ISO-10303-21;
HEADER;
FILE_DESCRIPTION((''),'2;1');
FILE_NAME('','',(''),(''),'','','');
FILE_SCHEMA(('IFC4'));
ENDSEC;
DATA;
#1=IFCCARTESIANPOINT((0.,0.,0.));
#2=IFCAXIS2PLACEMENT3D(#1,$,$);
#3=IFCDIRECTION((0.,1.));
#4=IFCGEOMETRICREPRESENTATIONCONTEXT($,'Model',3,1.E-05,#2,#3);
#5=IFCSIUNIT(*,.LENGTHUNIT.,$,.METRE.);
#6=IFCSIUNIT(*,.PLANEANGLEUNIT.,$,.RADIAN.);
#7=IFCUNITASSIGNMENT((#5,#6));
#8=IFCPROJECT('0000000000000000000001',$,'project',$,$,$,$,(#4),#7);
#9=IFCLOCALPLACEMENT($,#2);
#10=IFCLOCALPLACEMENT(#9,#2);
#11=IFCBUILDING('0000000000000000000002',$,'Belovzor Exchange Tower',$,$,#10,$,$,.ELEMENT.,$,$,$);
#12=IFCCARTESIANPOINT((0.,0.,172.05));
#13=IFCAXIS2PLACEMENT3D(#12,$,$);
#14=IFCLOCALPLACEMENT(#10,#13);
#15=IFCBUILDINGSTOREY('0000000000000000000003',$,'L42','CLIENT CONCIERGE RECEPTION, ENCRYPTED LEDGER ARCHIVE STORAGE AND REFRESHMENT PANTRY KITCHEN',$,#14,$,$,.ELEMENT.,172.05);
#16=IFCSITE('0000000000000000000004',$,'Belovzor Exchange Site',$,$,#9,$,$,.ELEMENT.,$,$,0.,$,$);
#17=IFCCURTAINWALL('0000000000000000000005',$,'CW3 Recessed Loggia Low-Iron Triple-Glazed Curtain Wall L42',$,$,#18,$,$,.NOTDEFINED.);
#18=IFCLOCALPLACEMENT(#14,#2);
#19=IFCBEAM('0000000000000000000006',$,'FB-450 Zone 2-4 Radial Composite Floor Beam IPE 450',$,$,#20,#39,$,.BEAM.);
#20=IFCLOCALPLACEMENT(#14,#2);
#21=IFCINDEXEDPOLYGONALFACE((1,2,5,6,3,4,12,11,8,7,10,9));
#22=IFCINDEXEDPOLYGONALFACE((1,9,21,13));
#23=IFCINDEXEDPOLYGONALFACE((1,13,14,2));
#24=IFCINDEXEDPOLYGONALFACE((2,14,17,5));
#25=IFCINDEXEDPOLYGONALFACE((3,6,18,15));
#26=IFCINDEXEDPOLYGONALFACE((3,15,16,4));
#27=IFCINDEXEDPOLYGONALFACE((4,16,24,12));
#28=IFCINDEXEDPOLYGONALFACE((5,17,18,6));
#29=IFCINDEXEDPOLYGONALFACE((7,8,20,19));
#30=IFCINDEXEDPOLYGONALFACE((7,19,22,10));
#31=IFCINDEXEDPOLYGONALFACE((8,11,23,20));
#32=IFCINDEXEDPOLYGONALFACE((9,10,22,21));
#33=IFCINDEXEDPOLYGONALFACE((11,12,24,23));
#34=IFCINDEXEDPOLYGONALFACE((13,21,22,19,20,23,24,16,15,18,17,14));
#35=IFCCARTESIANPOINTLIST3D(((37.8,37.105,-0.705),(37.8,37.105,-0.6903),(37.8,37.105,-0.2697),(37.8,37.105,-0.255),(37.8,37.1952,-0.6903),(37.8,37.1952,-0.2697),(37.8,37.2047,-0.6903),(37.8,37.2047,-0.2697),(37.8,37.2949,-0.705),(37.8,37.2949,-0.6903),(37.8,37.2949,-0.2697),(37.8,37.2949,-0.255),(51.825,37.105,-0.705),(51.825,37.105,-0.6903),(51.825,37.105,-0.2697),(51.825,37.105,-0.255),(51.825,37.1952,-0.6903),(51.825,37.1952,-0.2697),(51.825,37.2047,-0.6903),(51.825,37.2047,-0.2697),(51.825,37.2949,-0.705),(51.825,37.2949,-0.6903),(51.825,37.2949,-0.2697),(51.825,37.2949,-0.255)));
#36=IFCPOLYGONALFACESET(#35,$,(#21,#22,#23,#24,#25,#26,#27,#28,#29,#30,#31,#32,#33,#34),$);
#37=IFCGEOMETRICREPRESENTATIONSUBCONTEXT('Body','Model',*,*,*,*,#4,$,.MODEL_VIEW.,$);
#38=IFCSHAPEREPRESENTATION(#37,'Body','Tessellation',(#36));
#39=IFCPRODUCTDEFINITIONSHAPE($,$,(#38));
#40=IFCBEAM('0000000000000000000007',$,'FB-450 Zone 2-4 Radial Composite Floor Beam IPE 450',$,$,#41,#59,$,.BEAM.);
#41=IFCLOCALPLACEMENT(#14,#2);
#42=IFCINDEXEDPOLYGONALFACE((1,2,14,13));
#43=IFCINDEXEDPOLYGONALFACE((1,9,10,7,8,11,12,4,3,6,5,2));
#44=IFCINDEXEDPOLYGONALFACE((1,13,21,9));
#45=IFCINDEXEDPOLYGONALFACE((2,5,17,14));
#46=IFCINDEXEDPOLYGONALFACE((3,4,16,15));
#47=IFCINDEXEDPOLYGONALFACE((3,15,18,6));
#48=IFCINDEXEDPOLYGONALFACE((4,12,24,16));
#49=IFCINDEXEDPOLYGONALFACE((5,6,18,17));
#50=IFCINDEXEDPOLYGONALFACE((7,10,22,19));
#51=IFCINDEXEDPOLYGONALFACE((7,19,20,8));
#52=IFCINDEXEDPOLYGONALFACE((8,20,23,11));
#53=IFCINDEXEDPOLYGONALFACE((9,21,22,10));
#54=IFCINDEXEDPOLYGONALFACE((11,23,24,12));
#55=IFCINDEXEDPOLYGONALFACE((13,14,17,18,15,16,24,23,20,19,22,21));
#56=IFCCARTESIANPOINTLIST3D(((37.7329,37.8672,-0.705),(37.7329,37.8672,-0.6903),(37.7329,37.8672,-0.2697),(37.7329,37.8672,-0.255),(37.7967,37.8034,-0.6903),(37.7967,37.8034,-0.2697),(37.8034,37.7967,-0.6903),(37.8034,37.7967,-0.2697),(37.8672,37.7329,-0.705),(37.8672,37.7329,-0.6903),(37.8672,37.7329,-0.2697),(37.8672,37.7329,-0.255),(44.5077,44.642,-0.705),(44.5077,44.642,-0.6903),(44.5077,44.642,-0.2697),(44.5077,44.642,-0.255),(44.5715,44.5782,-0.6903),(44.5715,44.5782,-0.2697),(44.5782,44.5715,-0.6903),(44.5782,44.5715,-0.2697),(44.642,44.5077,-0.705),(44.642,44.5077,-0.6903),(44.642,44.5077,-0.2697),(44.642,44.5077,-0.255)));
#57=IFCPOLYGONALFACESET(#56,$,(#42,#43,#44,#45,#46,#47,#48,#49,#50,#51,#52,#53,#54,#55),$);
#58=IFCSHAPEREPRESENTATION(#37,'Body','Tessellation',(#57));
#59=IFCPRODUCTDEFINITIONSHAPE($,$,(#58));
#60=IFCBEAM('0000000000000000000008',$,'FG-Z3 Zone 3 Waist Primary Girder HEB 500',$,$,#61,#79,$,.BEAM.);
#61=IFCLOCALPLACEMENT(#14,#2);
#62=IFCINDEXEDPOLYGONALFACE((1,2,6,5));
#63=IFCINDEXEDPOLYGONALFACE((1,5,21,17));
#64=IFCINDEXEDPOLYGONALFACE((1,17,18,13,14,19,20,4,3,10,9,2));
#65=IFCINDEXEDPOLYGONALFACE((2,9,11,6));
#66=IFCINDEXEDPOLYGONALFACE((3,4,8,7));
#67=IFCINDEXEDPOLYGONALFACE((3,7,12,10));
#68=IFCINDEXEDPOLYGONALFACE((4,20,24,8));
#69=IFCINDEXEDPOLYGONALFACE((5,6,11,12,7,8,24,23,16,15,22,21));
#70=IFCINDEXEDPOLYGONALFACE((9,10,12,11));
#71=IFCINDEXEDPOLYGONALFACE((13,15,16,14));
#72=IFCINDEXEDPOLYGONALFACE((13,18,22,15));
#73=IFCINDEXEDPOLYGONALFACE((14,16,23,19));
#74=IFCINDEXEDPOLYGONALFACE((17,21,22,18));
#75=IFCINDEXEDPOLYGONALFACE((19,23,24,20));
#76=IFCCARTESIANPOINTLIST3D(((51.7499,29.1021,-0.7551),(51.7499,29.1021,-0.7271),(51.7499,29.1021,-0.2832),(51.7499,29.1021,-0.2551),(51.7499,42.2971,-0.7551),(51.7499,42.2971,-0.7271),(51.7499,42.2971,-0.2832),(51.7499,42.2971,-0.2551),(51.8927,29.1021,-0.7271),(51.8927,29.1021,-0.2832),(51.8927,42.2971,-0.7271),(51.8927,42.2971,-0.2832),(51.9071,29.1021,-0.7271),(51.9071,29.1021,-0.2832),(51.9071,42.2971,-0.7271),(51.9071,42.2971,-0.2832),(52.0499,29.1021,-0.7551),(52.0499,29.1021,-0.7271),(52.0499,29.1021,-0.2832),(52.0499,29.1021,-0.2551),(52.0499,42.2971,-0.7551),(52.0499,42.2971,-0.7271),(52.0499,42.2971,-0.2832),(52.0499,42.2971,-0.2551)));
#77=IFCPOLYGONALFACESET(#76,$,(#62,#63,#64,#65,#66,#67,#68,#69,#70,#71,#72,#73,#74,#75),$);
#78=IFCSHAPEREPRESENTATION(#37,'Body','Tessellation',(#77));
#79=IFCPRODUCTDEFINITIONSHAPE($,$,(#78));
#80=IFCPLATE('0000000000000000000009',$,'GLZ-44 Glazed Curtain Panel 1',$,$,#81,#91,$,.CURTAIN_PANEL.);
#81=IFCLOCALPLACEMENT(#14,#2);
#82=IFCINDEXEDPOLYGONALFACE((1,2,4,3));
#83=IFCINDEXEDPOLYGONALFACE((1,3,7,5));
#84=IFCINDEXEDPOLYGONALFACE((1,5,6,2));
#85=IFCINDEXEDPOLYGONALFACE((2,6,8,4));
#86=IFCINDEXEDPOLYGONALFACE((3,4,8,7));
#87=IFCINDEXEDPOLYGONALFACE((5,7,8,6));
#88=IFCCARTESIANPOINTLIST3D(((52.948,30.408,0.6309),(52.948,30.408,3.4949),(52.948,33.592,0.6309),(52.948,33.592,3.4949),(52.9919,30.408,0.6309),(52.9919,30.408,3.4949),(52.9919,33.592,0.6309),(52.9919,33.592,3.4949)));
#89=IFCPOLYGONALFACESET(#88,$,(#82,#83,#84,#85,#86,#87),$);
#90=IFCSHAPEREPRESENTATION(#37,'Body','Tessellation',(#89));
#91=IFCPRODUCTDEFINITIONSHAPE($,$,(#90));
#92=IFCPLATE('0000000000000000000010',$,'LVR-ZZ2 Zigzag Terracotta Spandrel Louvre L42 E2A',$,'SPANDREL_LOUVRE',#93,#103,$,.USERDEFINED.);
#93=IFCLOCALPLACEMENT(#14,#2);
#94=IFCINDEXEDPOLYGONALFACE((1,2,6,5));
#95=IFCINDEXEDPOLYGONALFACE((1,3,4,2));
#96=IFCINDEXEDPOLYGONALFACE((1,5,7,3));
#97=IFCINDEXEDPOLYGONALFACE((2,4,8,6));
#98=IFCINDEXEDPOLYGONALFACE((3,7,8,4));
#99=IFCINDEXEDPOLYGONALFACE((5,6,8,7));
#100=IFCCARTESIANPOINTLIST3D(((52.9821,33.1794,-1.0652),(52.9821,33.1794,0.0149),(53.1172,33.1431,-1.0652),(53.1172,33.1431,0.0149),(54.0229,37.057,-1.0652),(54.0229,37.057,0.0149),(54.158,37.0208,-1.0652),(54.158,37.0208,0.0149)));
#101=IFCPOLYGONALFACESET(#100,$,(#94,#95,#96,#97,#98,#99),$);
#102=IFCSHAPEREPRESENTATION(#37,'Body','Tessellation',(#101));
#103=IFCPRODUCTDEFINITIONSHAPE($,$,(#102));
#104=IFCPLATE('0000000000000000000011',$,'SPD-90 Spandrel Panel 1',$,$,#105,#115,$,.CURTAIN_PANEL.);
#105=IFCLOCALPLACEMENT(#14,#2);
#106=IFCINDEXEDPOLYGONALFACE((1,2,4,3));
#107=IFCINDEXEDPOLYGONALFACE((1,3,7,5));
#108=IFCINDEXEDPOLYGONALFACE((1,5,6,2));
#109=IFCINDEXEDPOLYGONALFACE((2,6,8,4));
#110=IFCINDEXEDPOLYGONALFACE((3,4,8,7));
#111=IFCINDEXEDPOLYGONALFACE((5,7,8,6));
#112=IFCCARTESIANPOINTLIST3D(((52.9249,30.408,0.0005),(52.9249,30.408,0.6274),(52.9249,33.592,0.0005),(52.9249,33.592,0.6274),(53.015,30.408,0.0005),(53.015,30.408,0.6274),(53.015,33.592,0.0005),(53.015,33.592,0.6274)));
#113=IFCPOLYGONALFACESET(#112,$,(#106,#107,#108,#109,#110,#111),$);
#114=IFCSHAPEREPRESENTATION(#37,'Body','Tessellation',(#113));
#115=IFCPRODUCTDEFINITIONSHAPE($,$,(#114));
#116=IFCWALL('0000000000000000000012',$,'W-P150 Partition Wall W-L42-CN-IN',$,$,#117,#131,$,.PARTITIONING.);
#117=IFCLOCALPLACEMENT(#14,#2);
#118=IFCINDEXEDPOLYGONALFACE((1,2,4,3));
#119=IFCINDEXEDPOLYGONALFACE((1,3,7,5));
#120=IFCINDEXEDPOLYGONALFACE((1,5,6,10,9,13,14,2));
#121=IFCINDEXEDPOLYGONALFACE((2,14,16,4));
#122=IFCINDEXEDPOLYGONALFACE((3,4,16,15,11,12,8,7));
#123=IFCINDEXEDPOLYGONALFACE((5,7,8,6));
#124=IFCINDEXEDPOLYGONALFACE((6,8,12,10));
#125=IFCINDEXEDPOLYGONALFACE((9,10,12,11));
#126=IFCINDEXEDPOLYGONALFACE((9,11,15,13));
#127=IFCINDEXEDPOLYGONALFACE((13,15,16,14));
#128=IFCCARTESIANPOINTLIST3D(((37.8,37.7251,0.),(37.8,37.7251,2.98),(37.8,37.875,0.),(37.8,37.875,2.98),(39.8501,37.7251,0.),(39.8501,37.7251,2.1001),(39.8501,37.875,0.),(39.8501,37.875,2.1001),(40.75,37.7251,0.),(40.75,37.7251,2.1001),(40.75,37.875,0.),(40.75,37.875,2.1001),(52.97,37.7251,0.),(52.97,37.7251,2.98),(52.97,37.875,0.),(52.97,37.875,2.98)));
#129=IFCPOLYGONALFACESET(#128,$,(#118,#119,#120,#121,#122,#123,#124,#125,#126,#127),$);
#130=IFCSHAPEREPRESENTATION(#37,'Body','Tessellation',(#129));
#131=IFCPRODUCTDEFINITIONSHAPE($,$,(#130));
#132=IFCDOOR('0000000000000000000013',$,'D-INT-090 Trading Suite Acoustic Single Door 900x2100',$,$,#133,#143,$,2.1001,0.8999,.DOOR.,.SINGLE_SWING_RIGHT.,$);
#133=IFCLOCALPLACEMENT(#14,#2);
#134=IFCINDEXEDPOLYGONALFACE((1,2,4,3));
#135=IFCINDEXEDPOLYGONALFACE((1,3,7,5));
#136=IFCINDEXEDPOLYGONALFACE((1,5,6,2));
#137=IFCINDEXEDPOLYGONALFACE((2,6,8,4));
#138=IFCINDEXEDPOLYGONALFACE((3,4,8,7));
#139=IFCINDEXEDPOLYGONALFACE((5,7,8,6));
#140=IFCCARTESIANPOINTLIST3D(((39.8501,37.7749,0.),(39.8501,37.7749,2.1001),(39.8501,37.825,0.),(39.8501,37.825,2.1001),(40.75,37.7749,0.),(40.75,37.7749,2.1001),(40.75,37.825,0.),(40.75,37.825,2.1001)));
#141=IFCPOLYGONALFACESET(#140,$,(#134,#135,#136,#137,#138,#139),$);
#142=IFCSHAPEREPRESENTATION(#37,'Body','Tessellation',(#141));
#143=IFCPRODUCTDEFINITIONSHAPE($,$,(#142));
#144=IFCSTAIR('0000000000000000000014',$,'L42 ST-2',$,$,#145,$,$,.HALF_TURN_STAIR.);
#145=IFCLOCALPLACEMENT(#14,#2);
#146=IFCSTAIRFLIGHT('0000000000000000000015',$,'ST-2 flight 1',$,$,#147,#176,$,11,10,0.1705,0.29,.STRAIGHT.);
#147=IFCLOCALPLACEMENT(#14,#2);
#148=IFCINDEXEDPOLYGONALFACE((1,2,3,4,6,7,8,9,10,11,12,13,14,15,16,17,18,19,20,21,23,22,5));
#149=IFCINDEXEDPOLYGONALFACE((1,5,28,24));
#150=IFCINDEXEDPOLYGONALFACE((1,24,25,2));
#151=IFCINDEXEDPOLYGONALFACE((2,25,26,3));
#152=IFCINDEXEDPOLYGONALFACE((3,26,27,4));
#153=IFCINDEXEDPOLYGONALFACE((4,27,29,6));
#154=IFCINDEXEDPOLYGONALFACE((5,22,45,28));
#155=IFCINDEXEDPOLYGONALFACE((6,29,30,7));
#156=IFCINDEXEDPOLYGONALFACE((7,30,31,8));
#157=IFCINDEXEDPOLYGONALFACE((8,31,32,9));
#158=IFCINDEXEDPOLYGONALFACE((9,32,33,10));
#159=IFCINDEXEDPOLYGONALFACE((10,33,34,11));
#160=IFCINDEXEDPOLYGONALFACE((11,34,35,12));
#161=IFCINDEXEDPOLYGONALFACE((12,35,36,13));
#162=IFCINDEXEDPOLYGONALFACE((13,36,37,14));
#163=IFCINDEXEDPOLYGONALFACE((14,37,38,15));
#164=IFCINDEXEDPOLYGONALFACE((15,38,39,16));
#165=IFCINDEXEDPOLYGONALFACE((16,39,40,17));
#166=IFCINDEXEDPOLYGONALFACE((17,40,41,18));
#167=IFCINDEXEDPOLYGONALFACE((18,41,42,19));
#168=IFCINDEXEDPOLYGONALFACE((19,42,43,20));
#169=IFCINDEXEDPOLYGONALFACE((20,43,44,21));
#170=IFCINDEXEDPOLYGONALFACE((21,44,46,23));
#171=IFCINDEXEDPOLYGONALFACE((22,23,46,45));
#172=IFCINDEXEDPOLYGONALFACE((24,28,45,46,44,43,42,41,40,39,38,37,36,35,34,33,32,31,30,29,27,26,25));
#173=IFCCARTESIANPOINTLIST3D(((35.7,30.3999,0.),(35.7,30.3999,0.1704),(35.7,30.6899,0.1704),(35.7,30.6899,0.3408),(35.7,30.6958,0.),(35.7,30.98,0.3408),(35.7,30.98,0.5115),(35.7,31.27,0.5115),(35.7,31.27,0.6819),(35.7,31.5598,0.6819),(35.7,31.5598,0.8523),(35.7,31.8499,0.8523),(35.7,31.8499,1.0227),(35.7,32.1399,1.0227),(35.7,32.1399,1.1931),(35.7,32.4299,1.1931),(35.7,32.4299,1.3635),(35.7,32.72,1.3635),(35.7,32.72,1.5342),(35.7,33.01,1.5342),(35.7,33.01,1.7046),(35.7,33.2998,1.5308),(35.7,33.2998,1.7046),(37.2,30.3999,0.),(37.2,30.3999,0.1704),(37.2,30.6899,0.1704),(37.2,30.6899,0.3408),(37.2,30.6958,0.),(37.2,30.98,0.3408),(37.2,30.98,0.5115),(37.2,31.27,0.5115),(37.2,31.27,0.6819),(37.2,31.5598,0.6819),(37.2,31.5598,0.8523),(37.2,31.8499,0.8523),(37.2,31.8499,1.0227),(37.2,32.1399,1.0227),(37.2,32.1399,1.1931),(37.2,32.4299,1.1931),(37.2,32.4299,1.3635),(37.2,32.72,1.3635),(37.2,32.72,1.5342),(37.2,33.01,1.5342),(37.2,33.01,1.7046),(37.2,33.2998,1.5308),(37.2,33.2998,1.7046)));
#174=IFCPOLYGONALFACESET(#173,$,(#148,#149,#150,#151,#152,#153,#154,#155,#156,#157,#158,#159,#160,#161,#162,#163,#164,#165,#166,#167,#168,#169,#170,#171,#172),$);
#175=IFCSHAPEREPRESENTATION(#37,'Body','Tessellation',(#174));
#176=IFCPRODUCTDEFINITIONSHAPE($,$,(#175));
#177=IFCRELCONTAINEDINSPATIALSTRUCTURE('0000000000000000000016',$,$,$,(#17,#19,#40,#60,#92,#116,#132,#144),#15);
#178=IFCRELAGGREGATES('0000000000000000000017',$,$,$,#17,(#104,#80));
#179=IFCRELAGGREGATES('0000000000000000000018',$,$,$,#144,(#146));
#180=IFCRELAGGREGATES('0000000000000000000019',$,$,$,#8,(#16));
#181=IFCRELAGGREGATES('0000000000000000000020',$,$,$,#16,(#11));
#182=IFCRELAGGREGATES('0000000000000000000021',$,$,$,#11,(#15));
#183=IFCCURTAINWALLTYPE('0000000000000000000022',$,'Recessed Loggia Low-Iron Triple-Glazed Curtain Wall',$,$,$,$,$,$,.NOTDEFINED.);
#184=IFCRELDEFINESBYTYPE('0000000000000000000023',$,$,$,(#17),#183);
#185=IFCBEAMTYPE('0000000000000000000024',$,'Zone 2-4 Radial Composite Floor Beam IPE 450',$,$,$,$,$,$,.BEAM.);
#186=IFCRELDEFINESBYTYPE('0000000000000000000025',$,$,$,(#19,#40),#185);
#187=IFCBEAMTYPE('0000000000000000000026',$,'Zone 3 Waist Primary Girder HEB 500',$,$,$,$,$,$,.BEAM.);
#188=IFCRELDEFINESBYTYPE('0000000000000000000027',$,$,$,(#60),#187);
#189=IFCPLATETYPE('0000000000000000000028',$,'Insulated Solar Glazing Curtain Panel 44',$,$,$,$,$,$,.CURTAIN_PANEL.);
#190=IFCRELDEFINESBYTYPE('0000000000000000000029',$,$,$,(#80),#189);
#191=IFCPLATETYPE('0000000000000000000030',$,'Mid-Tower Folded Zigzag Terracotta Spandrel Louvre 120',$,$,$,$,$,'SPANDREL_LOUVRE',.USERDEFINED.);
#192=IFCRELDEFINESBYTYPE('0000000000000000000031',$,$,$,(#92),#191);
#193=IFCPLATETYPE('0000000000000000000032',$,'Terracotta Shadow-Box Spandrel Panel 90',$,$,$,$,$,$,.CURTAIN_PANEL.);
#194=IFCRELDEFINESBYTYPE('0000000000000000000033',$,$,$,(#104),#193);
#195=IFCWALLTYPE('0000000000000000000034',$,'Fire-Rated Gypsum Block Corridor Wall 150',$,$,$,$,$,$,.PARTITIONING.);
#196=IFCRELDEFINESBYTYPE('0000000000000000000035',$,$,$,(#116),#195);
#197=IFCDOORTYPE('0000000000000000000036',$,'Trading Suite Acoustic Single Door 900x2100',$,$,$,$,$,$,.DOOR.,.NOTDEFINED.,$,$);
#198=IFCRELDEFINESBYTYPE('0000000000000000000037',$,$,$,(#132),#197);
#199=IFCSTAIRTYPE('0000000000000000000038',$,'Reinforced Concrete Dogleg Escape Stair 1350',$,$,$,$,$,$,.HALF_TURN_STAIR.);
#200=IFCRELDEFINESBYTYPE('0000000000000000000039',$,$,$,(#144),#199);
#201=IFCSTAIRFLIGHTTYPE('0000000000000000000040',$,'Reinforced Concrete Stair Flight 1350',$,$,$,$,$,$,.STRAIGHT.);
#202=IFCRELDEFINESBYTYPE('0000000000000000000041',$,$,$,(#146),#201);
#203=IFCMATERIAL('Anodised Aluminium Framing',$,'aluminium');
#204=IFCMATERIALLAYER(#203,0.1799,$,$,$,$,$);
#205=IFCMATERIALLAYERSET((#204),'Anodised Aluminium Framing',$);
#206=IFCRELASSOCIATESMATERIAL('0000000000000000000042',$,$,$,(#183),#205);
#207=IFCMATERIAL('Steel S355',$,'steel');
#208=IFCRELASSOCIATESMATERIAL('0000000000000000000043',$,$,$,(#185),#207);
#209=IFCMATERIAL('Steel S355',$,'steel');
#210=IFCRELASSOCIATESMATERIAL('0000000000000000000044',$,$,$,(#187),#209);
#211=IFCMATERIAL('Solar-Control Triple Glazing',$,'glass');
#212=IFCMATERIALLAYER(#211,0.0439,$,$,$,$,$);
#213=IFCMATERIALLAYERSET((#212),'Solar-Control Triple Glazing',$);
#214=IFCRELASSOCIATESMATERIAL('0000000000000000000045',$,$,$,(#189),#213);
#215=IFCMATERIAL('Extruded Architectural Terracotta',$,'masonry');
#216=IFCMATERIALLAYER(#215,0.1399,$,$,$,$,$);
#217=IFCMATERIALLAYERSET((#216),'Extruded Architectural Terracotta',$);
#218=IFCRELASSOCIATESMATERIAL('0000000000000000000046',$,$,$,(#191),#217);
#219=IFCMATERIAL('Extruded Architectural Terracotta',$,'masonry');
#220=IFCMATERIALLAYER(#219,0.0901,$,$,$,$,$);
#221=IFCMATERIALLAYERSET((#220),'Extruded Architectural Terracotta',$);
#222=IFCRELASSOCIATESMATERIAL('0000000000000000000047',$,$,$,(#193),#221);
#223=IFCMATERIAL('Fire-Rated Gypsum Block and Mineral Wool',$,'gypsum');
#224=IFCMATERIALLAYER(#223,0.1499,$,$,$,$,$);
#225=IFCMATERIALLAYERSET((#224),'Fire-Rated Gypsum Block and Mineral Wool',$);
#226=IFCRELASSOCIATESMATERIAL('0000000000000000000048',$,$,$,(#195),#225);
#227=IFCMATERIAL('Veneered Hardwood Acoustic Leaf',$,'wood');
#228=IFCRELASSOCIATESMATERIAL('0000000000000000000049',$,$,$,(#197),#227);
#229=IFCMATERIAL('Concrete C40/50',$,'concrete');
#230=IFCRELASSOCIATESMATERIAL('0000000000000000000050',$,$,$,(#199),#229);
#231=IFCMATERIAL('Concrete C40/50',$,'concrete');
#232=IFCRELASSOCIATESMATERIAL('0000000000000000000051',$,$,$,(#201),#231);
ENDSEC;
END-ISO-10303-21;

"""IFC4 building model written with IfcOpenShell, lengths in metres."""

from ifc_helpers import new_model, si_unit, direction, frame, frame_2d, origin, origin_2d, place, context, subcontext, project, spatial, polyline, rectangle, i_section, outline, extrude, material, layer, layer_set, material_profile, profile_set, type_object, element, fill, aggregate, save


model = new_model("IFC4")

# Units and contexts
model_context = context("Model", 3, precision=1e-05, world=origin(), true_north=direction((0.0, 1.0)))
body_context = subcontext(model_context, "Body", "Model", "MODEL_VIEW")
ifc_project = project(units=[si_unit("LENGTHUNIT", "METRE"), si_unit("PLANEANGLEUNIT", "RADIAN")], contexts=[model_context])

# Site, building, storey
site_placement = place(None, origin())
site = spatial("IfcSite", under=ifc_project, at=site_placement, Name="Belovzor Exchange Site", CompositionType="ELEMENT", RefElevation=0.0)
building_placement = place(site_placement, origin())
building = spatial("IfcBuilding", under=site, at=building_placement, Name="Belovzor Exchange Tower", CompositionType="ELEMENT")
storey_placement = place(building_placement, frame((0.0, 0.0, 172.05)))
storey = spatial("IfcBuildingStorey", under=building, at=storey_placement, Name="L42", Description="CLIENT CONCIERGE RECEPTION, ENCRYPTED LEDGER ARCHIVE STORAGE AND REFRESHMENT PANTRY KITCHEN", CompositionType="ELEMENT", Elevation=172.05)

# Curtain wall
ifc_material_1 = material(Name="Anodised Aluminium Framing", Category="aluminium")
ifc_layer_1 = layer(ifc_material_1, 0.1799)
ifc_layer_set_1 = layer_set([ifc_layer_1], Name="Anodised Aluminium Framing")
curtain_wall_type = type_object("IfcCurtainWallType", Name="Recessed Loggia Low-Iron Triple-Glazed Curtain Wall", PredefinedType="NOTDEFINED", material=ifc_layer_set_1)
curtain_wall_placement = place(storey_placement, origin())
curtain_wall = element("IfcCurtainWall", 1, at=curtain_wall_placement, inside=storey, type_object=curtain_wall_type, Name="CW3 Recessed Loggia Low-Iron Triple-Glazed Curtain Wall L42", PredefinedType="NOTDEFINED")

# Beams
ifc_material_2 = material(Name="Steel S355", Category="steel")
ifc_material_profile_1 = material_profile(ifc_material_2, i_section(OverallWidth=0.1899, OverallDepth=0.45, WebThickness=0.0095, FlangeThickness=0.0146, at=origin_2d()))
ifc_profile_set_1 = profile_set([ifc_material_profile_1], Name="Steel S355")
beam_type_1 = type_object("IfcBeamType", Name="Zone 2-4 Radial Composite Floor Beam IPE 450", PredefinedType="BEAM", material=ifc_profile_set_1)
for number, where, z_axis, x_axis, name in (
    (2, (37.8, 37.2, -0.48), (1.0, 0.0, 0.0), (0.0, 1.0, 0.0), "FB-450 Zone 2-4 Radial Composite Floor Beam IPE 450"),
):
    element("IfcBeam", number, at=place(storey_placement, frame(where, z_axis=z_axis, x_axis=x_axis)), inside=storey, type_object=beam_type_1, Name=name, PredefinedType="BEAM", context=body_context, shape_type="SweptSolid", body=[
        extrude(i_section(OverallWidth=0.1899, OverallDepth=0.45, WebThickness=0.0095, FlangeThickness=0.0146, at=origin_2d()), origin(), (0.0, 0.0, 1.0), 14.0249),
    ])
beam_1_placement = place(storey_placement, frame((37.8, 37.8, -0.48), z_axis=(0.707107, 0.707107, 0.0), x_axis=(-0.707107, 0.707107, 0.0)))
element("IfcBeam", 3, at=beam_1_placement, inside=storey, type_object=beam_type_1, Name="FB-450 Zone 2-4 Radial Composite Floor Beam IPE 450", PredefinedType="BEAM", context=body_context, shape_type="SweptSolid", body=[
    extrude(i_section(OverallWidth=0.1899, OverallDepth=0.45, WebThickness=0.0095, FlangeThickness=0.0146, at=origin_2d()), origin(), (0.0, 0.0, 1.0), 9.5811),
])
ifc_material_3 = material(Name="Steel S355", Category="steel")
ifc_material_profile_2 = material_profile(ifc_material_3, i_section(OverallWidth=0.3, OverallDepth=0.5, WebThickness=0.0144, FlangeThickness=0.0281, at=origin_2d()))
ifc_profile_set_2 = profile_set([ifc_material_profile_2], Name="Steel S355")
beam_type_2 = type_object("IfcBeamType", Name="Zone 3 Waist Primary Girder HEB 500", PredefinedType="BEAM", material=ifc_profile_set_2)
beam_2_placement = place(storey_placement, frame((51.8999, 29.1021, -0.5051), z_axis=(0.0, 1.0, 0.0), x_axis=(-1.0, 0.0, 0.0)))
element("IfcBeam", 4, at=beam_2_placement, inside=storey, type_object=beam_type_2, Name="FG-Z3 Zone 3 Waist Primary Girder HEB 500", PredefinedType="BEAM", context=body_context, shape_type="SweptSolid", body=[
    extrude(i_section(OverallWidth=0.3, OverallDepth=0.5, WebThickness=0.0144, FlangeThickness=0.0281, at=origin_2d()), origin(), (0.0, 0.0, 1.0), 13.1951),
])

# Plates
ifc_material_4 = material(Name="Solar-Control Triple Glazing", Category="glass")
ifc_layer_2 = layer(ifc_material_4, 0.0439)
ifc_layer_set_2 = layer_set([ifc_layer_2], Name="Solar-Control Triple Glazing")
plate_type_1 = type_object("IfcPlateType", Name="Insulated Solar Glazing Curtain Panel 44", PredefinedType="CURTAIN_PANEL", material=ifc_layer_set_2)
plate_1_placement = place(storey_placement, frame((52.97, 32.0, 0.6309), z_axis=(0.0, 0.0, 1.0), x_axis=(0.0, -1.0, 0.0)))
plate_1 = element("IfcPlate", 5, at=plate_1_placement, type_object=plate_type_1, Name="GLZ-44 Glazed Curtain Panel 1", PredefinedType="CURTAIN_PANEL", context=body_context, shape_type="SweptSolid", body=[
    extrude(rectangle(XDim=3.1841, YDim=0.0439, at=origin_2d()), origin(), (0.0, 0.0, 1.0), 2.864),
])
ifc_material_5 = material(Name="Extruded Architectural Terracotta", Category="masonry")
ifc_layer_3 = layer(ifc_material_5, 0.1399)
ifc_layer_set_3 = layer_set([ifc_layer_3], Name="Extruded Architectural Terracotta")
plate_type_2 = type_object("IfcPlateType", Name="Mid-Tower Folded Zigzag Terracotta Spandrel Louvre 120", ElementType="SPANDREL_LOUVRE", PredefinedType="USERDEFINED", material=ifc_layer_set_3)
plate_2_placement = place(storey_placement, frame((53.5701, 35.1001, -1.0652), z_axis=(0.0, 0.0, 1.0), x_axis=(0.25924, 0.965813, 0.0)))
element("IfcPlate", 6, at=plate_2_placement, inside=storey, type_object=plate_type_2, Name="LVR-ZZ2 Zigzag Terracotta Spandrel Louvre L42 E2A", ObjectType="SPANDREL_LOUVRE", PredefinedType="USERDEFINED", context=body_context, shape_type="SweptSolid", body=[
    extrude(rectangle(XDim=4.0149, YDim=0.1399, at=origin_2d()), origin(), (0.0, 0.0, 1.0), 1.0801),
])
ifc_material_6 = material(Name="Extruded Architectural Terracotta", Category="masonry")
ifc_layer_4 = layer(ifc_material_6, 0.0901)
ifc_layer_set_4 = layer_set([ifc_layer_4], Name="Extruded Architectural Terracotta")
plate_type_3 = type_object("IfcPlateType", Name="Terracotta Shadow-Box Spandrel Panel 90", PredefinedType="CURTAIN_PANEL", material=ifc_layer_set_4)
plate_3_placement = place(storey_placement, frame((52.97, 32.0, 0.0005), z_axis=(0.0, 0.0, 1.0), x_axis=(0.0, -1.0, 0.0)))
plate_3 = element("IfcPlate", 7, at=plate_3_placement, type_object=plate_type_3, Name="SPD-90 Spandrel Panel 1", PredefinedType="CURTAIN_PANEL", context=body_context, shape_type="SweptSolid", body=[
    extrude(rectangle(XDim=3.1841, YDim=0.0901, at=origin_2d()), origin(), (0.0, 0.0, 1.0), 0.627),
])
aggregate(curtain_wall, [plate_3, plate_1])

# Wall, opening, door
ifc_material_7 = material(Name="Fire-Rated Gypsum Block and Mineral Wool", Category="gypsum")
ifc_layer_5 = layer(ifc_material_7, 0.1499)
ifc_layer_set_5 = layer_set([ifc_layer_5], Name="Fire-Rated Gypsum Block and Mineral Wool")
wall_type = type_object("IfcWallType", Name="Fire-Rated Gypsum Block Corridor Wall 150", PredefinedType="PARTITIONING", material=ifc_layer_set_5)
wall_placement = place(storey_placement, frame((37.8, 37.8, 0.0), z_axis=(0.0, 0.0, 1.0), x_axis=(1.0, 0.0, 0.0)))
wall = element("IfcWall", 8, at=wall_placement, inside=storey, type_object=wall_type, Name="W-P150 Partition Wall W-L42-CN-IN", PredefinedType="PARTITIONING", context=body_context, shape_type="SweptSolid", body=[
    extrude(rectangle(XDim=15.1699, YDim=0.1499, at=frame_2d((7.585, 0.0))), origin(), (0.0, 0.0, 1.0), 2.98),
])
opening_placement = place(wall_placement, frame((2.05, 0.0, 0.0)))
opening = element("IfcOpeningElement", 9, at=opening_placement, cuts=wall, PredefinedType="OPENING", context=body_context, shape_type="SweptSolid", body=[
    extrude(rectangle(XDim=0.8999, YDim=2.1001, at=frame_2d((0.45, 1.05))), frame((0.0, 0.085, 0.0), z_axis=(0.0, -1.0, 0.0), x_axis=(1.0, 0.0, 0.0)), (0.0, 0.0, 1.0), 0.1699),
])
ifc_material_8 = material(Name="Veneered Hardwood Acoustic Leaf", Category="wood")
door_type = type_object("IfcDoorType", Name="Trading Suite Acoustic Single Door 900x2100", OperationType="NOTDEFINED", PredefinedType="DOOR", material=ifc_material_8)
door_placement = place(opening_placement, origin())
door = element("IfcDoor", 10, at=door_placement, inside=storey, type_object=door_type, Name="D-INT-090 Trading Suite Acoustic Single Door 900x2100", OperationType="SINGLE_SWING_RIGHT", OverallHeight=2.1001, OverallWidth=0.8999, PredefinedType="DOOR", context=body_context, shape_type="SweptSolid", body=[
    extrude(rectangle(XDim=0.8999, YDim=2.1001, at=frame_2d((0.45, 1.05))), frame((0.0, 0.0249, 0.0), z_axis=(0.0, -1.0, 0.0), x_axis=(1.0, 0.0, 0.0)), (0.0, 0.0, 1.0), 0.05),
])
fill(opening, door)

# Stair, stair flight
ifc_material_9 = material(Name="Concrete C40/50", Category="concrete")
stair_type = type_object("IfcStairType", Name="Reinforced Concrete Dogleg Escape Stair 1350", PredefinedType="HALF_TURN_STAIR", material=ifc_material_9)
stair_placement = place(storey_placement, origin())
stair = element("IfcStair", 11, at=stair_placement, inside=storey, type_object=stair_type, Name="L42 ST-2", PredefinedType="HALF_TURN_STAIR")
ifc_material_10 = material(Name="Concrete C40/50", Category="concrete")
stair_flight_type = type_object("IfcStairFlightType", Name="Reinforced Concrete Stair Flight 1350", PredefinedType="STRAIGHT", material=ifc_material_10)
stair_flight_placement = place(storey_placement, frame((36.45, 30.3999, 0.0), z_axis=(0.0, 0.0, 1.0), x_axis=(0.0, 1.0, 0.0)))
stair_flight = element("IfcStairFlight", 12, at=stair_flight_placement, type_object=stair_flight_type, Name="ST-2 flight 1", NumberOfRisers=11, NumberOfTreads=10, PredefinedType="STRAIGHT", RiserHeight=0.1705, TreadLength=0.29, context=body_context, shape_type="SweptSolid", body=[
    extrude(outline(polyline([(0.0, 0.0), (0.0, 0.1704), (0.29, 0.1704), (0.29, 0.3408), (0.5801, 0.3408), (0.5801, 0.5115), (0.8701, 0.5115), (0.8701, 0.6819), (1.1599, 0.6819), (1.1599, 0.8523), (1.45, 0.8523), (1.45, 1.0227), (1.74, 1.0227), (1.74, 1.1931), (2.03, 1.1931), (2.03, 1.3635), (2.3201, 1.3635), (2.3201, 1.5342), (2.6101, 1.5342), (2.6101, 1.7046), (2.8999, 1.7046), (2.8999, 1.875), (2.8999, 1.5308), (0.2959, 0.0), (0.0, 0.0)])), frame((0.0, 0.75, 0.0), z_axis=(0.0, -1.0, 0.0), x_axis=(1.0, 0.0, 0.0)), (0.0, 0.0, 1.0), 1.5),
])
aggregate(stair, [stair_flight])

save(model, "model.ifc")
